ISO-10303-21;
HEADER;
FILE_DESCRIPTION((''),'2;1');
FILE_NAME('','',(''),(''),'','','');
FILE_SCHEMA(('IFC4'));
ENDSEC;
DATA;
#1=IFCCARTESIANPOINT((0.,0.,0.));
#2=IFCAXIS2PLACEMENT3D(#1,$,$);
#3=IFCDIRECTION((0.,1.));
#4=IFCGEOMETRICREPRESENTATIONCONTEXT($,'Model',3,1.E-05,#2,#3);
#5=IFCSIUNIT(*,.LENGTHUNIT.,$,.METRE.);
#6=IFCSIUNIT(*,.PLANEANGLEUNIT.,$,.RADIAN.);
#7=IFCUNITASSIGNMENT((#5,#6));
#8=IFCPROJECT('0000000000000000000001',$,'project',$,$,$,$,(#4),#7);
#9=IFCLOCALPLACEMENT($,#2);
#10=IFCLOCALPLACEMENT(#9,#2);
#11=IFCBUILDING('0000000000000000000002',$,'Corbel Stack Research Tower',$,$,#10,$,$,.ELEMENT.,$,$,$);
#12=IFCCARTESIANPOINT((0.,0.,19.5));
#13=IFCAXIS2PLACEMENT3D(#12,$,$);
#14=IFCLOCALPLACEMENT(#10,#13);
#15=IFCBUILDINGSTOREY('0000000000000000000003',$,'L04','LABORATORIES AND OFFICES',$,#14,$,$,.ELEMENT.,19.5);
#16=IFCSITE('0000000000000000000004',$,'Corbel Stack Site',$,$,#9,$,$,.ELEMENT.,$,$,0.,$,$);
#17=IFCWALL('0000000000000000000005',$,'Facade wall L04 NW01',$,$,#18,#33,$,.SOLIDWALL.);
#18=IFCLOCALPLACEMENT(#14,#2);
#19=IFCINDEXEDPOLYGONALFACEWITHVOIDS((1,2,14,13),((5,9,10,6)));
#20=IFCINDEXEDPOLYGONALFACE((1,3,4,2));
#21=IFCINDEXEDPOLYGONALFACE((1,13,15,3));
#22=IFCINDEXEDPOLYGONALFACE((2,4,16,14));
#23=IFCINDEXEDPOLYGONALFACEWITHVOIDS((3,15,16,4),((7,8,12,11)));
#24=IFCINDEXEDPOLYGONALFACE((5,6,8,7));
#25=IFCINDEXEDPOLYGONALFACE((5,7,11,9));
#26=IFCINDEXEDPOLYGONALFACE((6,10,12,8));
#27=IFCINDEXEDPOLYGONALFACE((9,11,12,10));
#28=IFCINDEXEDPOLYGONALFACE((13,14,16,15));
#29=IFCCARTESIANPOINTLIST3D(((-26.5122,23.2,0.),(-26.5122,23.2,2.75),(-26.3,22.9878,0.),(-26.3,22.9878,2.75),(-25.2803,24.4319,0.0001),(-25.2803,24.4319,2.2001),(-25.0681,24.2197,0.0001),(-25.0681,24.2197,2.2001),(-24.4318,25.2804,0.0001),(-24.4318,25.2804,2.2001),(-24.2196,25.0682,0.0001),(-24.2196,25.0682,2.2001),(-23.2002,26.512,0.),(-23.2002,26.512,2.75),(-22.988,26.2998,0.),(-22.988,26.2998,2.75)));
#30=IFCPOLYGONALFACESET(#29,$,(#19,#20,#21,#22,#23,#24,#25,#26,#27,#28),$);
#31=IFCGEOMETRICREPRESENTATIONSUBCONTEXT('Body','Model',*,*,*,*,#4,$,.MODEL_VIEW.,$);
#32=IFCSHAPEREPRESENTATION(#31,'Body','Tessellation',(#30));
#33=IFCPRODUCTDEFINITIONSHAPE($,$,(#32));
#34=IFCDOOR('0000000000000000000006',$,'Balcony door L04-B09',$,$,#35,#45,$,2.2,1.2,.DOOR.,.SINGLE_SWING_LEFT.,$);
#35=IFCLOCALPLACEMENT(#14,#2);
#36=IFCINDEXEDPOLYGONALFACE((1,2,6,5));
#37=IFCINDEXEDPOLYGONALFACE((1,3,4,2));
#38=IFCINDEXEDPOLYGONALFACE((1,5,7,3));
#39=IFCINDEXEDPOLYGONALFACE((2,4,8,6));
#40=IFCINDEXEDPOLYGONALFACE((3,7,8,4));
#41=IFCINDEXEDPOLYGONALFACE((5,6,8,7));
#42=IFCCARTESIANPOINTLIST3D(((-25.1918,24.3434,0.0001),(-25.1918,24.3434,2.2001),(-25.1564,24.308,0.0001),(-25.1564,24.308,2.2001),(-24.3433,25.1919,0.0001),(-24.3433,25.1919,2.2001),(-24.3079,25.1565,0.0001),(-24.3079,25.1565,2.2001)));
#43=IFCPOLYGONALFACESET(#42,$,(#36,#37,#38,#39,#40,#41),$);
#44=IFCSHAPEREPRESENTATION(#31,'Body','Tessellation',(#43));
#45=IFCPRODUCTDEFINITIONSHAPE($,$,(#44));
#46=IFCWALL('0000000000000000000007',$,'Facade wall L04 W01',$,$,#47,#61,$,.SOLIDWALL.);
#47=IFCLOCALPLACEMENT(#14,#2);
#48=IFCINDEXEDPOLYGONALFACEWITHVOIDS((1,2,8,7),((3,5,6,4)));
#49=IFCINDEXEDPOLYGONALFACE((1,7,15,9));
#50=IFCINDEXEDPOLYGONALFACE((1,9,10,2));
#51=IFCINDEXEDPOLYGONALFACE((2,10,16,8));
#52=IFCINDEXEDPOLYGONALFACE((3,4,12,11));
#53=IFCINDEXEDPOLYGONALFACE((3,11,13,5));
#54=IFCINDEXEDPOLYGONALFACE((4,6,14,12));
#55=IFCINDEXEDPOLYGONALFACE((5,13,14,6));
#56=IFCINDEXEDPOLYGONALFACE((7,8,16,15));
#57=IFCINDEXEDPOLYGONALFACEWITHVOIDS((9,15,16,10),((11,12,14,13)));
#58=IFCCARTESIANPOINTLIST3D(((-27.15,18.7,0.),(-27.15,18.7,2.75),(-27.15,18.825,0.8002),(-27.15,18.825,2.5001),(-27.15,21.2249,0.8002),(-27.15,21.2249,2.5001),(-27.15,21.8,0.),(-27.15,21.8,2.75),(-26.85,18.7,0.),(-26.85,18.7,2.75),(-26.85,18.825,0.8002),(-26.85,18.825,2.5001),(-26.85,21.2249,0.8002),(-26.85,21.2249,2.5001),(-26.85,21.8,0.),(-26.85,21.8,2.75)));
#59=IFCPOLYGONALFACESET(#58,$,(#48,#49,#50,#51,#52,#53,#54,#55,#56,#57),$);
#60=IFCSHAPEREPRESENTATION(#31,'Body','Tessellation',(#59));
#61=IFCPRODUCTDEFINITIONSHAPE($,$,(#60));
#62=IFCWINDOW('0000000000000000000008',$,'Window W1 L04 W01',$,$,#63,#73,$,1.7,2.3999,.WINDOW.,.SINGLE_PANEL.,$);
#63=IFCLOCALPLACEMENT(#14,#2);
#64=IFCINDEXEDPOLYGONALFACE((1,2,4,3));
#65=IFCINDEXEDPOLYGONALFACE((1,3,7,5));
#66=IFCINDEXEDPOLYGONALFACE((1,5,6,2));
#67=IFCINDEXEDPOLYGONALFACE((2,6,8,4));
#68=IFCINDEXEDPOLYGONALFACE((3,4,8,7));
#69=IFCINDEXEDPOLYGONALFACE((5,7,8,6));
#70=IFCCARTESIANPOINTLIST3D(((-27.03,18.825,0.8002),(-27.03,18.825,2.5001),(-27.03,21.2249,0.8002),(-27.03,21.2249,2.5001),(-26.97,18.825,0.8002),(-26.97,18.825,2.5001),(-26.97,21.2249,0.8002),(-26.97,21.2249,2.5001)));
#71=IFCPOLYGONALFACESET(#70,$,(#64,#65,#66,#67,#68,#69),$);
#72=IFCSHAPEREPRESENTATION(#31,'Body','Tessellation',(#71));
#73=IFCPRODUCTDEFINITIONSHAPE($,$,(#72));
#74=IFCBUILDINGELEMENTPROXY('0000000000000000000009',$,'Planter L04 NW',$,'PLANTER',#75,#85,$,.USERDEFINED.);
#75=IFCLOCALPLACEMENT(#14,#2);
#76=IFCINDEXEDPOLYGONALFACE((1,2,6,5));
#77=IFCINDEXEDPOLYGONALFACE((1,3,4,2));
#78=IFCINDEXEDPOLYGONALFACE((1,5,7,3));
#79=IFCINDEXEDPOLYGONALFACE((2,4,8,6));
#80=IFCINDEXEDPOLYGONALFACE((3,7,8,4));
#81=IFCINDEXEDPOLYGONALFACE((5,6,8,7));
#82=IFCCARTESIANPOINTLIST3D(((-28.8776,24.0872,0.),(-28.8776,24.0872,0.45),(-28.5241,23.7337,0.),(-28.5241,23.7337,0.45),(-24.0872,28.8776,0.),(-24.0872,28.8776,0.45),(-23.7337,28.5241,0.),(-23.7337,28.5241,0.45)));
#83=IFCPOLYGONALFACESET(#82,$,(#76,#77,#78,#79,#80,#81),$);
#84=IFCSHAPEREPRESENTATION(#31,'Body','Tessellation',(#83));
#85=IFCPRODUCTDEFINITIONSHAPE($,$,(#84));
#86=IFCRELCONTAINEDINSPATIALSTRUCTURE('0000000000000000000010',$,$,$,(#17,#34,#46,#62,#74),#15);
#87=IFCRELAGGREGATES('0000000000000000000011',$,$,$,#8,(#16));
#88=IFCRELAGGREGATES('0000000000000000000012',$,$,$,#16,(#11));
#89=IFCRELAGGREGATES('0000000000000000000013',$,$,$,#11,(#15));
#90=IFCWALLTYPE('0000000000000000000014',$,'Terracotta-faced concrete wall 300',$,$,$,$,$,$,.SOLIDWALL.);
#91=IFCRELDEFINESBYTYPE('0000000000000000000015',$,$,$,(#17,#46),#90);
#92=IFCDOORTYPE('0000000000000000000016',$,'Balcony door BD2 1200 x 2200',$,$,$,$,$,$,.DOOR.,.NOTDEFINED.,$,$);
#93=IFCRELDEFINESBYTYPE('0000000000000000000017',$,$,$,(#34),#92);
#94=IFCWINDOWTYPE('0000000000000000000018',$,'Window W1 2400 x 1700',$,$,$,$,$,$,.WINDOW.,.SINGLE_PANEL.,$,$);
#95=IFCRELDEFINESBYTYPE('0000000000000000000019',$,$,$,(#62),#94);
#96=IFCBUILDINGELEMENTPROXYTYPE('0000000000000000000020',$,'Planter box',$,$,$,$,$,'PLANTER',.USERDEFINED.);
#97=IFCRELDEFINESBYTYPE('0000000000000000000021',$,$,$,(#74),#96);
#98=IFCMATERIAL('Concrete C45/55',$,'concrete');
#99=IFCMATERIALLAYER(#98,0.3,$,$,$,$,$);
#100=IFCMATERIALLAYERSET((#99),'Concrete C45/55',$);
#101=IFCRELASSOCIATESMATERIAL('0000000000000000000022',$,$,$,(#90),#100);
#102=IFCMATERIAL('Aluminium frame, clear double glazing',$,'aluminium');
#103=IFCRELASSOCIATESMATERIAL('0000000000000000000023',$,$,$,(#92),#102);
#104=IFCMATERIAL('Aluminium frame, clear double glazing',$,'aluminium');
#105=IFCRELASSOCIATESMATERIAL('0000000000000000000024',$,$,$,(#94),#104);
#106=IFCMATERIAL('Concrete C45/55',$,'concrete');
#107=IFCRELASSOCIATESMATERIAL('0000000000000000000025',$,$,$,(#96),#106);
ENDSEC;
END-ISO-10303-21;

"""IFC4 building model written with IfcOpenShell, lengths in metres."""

from ifc_helpers import new_model, si_unit, direction, frame, frame_2d, origin, origin_2d, place, context, subcontext, project, spatial, rectangle, extrude, material, layer, layer_set, type_object, element, fill, save


model = new_model("IFC4")

# Units and contexts
model_context = context("Model", 3, precision=1e-05, world=origin(), true_north=direction((0.0, 1.0)))
body_context = subcontext(model_context, "Body", "Model", "MODEL_VIEW")
ifc_project = project(units=[si_unit("LENGTHUNIT", "METRE"), si_unit("PLANEANGLEUNIT", "RADIAN")], contexts=[model_context])

# Site, building, storey
site_placement = place(None, origin())
site = spatial("IfcSite", under=ifc_project, at=site_placement, Name="Corbel Stack Site", CompositionType="ELEMENT", RefElevation=0.0)
building_placement = place(site_placement, origin())
building = spatial("IfcBuilding", under=site, at=building_placement, Name="Corbel Stack Research Tower", CompositionType="ELEMENT")
storey_placement = place(building_placement, frame((0.0, 0.0, 19.5)))
storey = spatial("IfcBuildingStorey", under=building, at=storey_placement, Name="L04", Description="LABORATORIES AND OFFICES", CompositionType="ELEMENT", Elevation=19.5)

# Wall, opening, door
ifc_material_1 = material(Name="Concrete C45/55", Category="concrete")
ifc_layer_1 = layer(ifc_material_1, 0.3)
ifc_layer_set_1 = layer_set([ifc_layer_1], Name="Concrete C45/55")
wall_type_1 = type_object("IfcWallType", Name="Terracotta-faced concrete wall 300", PredefinedType="SOLIDWALL", material=ifc_layer_set_1)
wall_1_placement = place(storey_placement, frame((-26.406, 23.094, 0.0), z_axis=(0.0, 0.0, 1.0), x_axis=(0.707107, 0.707107, 0.0)))
wall_1 = element("IfcWall", 1, at=wall_1_placement, inside=storey, type_object=wall_type_1, Name="Facade wall L04 NW01", PredefinedType="SOLIDWALL", context=body_context, shape_type="SweptSolid", body=[
    extrude(rectangle(XDim=4.6838, YDim=0.3, at=frame_2d((2.3418, 0.0))), origin(), (0.0, 0.0, 1.0), 2.75),
])
opening_1_placement = place(wall_1_placement, frame((1.7419, 0.0, 0.0)))
opening_1 = element("IfcOpeningElement", 2, at=opening_1_placement, cuts=wall_1, PredefinedType="OPENING", context=body_context, shape_type="SweptSolid", body=[
    extrude(rectangle(XDim=1.2, YDim=2.2, at=frame_2d((0.6001, 1.1001))), frame((0.0, 0.1599, 0.0), z_axis=(0.0, -1.0, 0.0), x_axis=(1.0, 0.0, 0.0)), (0.0, 0.0, 1.0), 0.3201),
])
ifc_material_2 = material(Name="Aluminium frame, clear double glazing", Category="aluminium")
door_type_1 = type_object("IfcDoorType", Name="Balcony door BD2 1200 x 2200", OperationType="NOTDEFINED", PredefinedType="DOOR", material=ifc_material_2)
door_1_placement = place(opening_1_placement, origin())
door_1 = element("IfcDoor", 3, at=door_1_placement, inside=storey, type_object=door_type_1, Name="Balcony door L04-B09", OperationType="SINGLE_SWING_LEFT", OverallHeight=2.2, OverallWidth=1.2, PredefinedType="DOOR", context=body_context, shape_type="SweptSolid", body=[
    extrude(rectangle(XDim=1.2, YDim=2.2, at=frame_2d((0.6001, 1.1001))), frame((0.0, 0.0249, 0.0), z_axis=(0.0, -1.0, 0.0), x_axis=(1.0, 0.0, 0.0)), (0.0, 0.0, 1.0), 0.05),
])
fill(opening_1, door_1)

# Wall, opening, window
wall_2_placement = place(storey_placement, frame((-27.0, 18.7, 0.0), z_axis=(0.0, 0.0, 1.0), x_axis=(0.0, 1.0, 0.0)))
wall_2 = element("IfcWall", 4, at=wall_2_placement, inside=storey, type_object=wall_type_1, Name="Facade wall L04 W01", PredefinedType="SOLIDWALL", context=body_context, shape_type="SweptSolid", body=[
    extrude(rectangle(XDim=3.1001, YDim=0.3, at=frame_2d((1.55, 0.0))), origin(), (0.0, 0.0, 1.0), 2.75),
])
opening_2_placement = place(wall_2_placement, frame((0.125, 0.0, 0.8)))
opening_2 = element("IfcOpeningElement", 5, at=opening_2_placement, cuts=wall_2, PredefinedType="OPENING", context=body_context, shape_type="SweptSolid", body=[
    extrude(rectangle(XDim=2.3999, YDim=1.7, at=frame_2d((1.2, 0.8501))), frame((0.0, 0.1599, 0.0), z_axis=(0.0, -1.0, 0.0), x_axis=(1.0, 0.0, 0.0)), (0.0, 0.0, 1.0), 0.3201),
])
ifc_material_3 = material(Name="Aluminium frame, clear double glazing", Category="aluminium")
window_type = type_object("IfcWindowType", Name="Window W1 2400 x 1700", PartitioningType="SINGLE_PANEL", PredefinedType="WINDOW", material=ifc_material_3)
window_placement = place(opening_2_placement, origin())
window = element("IfcWindow", 6, at=window_placement, inside=storey, type_object=window_type, Name="Window W1 L04 W01", OverallHeight=1.7, OverallWidth=2.3999, PartitioningType="SINGLE_PANEL", PredefinedType="WINDOW", context=body_context, shape_type="SweptSolid", body=[
    extrude(rectangle(XDim=2.3999, YDim=1.7, at=frame_2d((1.2, 0.8501))), frame((0.0, 0.03, 0.0), z_axis=(0.0, -1.0, 0.0), x_axis=(1.0, 0.0, 0.0)), (0.0, 0.0, 1.0), 0.0601),
])
fill(opening_2, window)

# Building element proxy
ifc_material_4 = material(Name="Concrete C45/55", Category="concrete")
building_element_proxy_type = type_object("IfcBuildingElementProxyType", Name="Planter box", ElementType="PLANTER", PredefinedType="USERDEFINED", material=ifc_material_4)
proxy_placement = place(storey_placement, frame((-26.3057, 26.3057, 0.0), z_axis=(0.0, 0.0, 1.0), x_axis=(-0.707107, -0.707107, 0.0)))
element("IfcBuildingElementProxy", 7, at=proxy_placement, inside=storey, type_object=building_element_proxy_type, Name="Planter L04 NW", ObjectType="PLANTER", PredefinedType="USERDEFINED", context=body_context, shape_type="SweptSolid", body=[
    extrude(rectangle(XDim=6.7747, YDim=0.5, at=origin_2d()), origin(), (0.0, 0.0, 1.0), 0.45),
])

save(model, "model.ifc")
